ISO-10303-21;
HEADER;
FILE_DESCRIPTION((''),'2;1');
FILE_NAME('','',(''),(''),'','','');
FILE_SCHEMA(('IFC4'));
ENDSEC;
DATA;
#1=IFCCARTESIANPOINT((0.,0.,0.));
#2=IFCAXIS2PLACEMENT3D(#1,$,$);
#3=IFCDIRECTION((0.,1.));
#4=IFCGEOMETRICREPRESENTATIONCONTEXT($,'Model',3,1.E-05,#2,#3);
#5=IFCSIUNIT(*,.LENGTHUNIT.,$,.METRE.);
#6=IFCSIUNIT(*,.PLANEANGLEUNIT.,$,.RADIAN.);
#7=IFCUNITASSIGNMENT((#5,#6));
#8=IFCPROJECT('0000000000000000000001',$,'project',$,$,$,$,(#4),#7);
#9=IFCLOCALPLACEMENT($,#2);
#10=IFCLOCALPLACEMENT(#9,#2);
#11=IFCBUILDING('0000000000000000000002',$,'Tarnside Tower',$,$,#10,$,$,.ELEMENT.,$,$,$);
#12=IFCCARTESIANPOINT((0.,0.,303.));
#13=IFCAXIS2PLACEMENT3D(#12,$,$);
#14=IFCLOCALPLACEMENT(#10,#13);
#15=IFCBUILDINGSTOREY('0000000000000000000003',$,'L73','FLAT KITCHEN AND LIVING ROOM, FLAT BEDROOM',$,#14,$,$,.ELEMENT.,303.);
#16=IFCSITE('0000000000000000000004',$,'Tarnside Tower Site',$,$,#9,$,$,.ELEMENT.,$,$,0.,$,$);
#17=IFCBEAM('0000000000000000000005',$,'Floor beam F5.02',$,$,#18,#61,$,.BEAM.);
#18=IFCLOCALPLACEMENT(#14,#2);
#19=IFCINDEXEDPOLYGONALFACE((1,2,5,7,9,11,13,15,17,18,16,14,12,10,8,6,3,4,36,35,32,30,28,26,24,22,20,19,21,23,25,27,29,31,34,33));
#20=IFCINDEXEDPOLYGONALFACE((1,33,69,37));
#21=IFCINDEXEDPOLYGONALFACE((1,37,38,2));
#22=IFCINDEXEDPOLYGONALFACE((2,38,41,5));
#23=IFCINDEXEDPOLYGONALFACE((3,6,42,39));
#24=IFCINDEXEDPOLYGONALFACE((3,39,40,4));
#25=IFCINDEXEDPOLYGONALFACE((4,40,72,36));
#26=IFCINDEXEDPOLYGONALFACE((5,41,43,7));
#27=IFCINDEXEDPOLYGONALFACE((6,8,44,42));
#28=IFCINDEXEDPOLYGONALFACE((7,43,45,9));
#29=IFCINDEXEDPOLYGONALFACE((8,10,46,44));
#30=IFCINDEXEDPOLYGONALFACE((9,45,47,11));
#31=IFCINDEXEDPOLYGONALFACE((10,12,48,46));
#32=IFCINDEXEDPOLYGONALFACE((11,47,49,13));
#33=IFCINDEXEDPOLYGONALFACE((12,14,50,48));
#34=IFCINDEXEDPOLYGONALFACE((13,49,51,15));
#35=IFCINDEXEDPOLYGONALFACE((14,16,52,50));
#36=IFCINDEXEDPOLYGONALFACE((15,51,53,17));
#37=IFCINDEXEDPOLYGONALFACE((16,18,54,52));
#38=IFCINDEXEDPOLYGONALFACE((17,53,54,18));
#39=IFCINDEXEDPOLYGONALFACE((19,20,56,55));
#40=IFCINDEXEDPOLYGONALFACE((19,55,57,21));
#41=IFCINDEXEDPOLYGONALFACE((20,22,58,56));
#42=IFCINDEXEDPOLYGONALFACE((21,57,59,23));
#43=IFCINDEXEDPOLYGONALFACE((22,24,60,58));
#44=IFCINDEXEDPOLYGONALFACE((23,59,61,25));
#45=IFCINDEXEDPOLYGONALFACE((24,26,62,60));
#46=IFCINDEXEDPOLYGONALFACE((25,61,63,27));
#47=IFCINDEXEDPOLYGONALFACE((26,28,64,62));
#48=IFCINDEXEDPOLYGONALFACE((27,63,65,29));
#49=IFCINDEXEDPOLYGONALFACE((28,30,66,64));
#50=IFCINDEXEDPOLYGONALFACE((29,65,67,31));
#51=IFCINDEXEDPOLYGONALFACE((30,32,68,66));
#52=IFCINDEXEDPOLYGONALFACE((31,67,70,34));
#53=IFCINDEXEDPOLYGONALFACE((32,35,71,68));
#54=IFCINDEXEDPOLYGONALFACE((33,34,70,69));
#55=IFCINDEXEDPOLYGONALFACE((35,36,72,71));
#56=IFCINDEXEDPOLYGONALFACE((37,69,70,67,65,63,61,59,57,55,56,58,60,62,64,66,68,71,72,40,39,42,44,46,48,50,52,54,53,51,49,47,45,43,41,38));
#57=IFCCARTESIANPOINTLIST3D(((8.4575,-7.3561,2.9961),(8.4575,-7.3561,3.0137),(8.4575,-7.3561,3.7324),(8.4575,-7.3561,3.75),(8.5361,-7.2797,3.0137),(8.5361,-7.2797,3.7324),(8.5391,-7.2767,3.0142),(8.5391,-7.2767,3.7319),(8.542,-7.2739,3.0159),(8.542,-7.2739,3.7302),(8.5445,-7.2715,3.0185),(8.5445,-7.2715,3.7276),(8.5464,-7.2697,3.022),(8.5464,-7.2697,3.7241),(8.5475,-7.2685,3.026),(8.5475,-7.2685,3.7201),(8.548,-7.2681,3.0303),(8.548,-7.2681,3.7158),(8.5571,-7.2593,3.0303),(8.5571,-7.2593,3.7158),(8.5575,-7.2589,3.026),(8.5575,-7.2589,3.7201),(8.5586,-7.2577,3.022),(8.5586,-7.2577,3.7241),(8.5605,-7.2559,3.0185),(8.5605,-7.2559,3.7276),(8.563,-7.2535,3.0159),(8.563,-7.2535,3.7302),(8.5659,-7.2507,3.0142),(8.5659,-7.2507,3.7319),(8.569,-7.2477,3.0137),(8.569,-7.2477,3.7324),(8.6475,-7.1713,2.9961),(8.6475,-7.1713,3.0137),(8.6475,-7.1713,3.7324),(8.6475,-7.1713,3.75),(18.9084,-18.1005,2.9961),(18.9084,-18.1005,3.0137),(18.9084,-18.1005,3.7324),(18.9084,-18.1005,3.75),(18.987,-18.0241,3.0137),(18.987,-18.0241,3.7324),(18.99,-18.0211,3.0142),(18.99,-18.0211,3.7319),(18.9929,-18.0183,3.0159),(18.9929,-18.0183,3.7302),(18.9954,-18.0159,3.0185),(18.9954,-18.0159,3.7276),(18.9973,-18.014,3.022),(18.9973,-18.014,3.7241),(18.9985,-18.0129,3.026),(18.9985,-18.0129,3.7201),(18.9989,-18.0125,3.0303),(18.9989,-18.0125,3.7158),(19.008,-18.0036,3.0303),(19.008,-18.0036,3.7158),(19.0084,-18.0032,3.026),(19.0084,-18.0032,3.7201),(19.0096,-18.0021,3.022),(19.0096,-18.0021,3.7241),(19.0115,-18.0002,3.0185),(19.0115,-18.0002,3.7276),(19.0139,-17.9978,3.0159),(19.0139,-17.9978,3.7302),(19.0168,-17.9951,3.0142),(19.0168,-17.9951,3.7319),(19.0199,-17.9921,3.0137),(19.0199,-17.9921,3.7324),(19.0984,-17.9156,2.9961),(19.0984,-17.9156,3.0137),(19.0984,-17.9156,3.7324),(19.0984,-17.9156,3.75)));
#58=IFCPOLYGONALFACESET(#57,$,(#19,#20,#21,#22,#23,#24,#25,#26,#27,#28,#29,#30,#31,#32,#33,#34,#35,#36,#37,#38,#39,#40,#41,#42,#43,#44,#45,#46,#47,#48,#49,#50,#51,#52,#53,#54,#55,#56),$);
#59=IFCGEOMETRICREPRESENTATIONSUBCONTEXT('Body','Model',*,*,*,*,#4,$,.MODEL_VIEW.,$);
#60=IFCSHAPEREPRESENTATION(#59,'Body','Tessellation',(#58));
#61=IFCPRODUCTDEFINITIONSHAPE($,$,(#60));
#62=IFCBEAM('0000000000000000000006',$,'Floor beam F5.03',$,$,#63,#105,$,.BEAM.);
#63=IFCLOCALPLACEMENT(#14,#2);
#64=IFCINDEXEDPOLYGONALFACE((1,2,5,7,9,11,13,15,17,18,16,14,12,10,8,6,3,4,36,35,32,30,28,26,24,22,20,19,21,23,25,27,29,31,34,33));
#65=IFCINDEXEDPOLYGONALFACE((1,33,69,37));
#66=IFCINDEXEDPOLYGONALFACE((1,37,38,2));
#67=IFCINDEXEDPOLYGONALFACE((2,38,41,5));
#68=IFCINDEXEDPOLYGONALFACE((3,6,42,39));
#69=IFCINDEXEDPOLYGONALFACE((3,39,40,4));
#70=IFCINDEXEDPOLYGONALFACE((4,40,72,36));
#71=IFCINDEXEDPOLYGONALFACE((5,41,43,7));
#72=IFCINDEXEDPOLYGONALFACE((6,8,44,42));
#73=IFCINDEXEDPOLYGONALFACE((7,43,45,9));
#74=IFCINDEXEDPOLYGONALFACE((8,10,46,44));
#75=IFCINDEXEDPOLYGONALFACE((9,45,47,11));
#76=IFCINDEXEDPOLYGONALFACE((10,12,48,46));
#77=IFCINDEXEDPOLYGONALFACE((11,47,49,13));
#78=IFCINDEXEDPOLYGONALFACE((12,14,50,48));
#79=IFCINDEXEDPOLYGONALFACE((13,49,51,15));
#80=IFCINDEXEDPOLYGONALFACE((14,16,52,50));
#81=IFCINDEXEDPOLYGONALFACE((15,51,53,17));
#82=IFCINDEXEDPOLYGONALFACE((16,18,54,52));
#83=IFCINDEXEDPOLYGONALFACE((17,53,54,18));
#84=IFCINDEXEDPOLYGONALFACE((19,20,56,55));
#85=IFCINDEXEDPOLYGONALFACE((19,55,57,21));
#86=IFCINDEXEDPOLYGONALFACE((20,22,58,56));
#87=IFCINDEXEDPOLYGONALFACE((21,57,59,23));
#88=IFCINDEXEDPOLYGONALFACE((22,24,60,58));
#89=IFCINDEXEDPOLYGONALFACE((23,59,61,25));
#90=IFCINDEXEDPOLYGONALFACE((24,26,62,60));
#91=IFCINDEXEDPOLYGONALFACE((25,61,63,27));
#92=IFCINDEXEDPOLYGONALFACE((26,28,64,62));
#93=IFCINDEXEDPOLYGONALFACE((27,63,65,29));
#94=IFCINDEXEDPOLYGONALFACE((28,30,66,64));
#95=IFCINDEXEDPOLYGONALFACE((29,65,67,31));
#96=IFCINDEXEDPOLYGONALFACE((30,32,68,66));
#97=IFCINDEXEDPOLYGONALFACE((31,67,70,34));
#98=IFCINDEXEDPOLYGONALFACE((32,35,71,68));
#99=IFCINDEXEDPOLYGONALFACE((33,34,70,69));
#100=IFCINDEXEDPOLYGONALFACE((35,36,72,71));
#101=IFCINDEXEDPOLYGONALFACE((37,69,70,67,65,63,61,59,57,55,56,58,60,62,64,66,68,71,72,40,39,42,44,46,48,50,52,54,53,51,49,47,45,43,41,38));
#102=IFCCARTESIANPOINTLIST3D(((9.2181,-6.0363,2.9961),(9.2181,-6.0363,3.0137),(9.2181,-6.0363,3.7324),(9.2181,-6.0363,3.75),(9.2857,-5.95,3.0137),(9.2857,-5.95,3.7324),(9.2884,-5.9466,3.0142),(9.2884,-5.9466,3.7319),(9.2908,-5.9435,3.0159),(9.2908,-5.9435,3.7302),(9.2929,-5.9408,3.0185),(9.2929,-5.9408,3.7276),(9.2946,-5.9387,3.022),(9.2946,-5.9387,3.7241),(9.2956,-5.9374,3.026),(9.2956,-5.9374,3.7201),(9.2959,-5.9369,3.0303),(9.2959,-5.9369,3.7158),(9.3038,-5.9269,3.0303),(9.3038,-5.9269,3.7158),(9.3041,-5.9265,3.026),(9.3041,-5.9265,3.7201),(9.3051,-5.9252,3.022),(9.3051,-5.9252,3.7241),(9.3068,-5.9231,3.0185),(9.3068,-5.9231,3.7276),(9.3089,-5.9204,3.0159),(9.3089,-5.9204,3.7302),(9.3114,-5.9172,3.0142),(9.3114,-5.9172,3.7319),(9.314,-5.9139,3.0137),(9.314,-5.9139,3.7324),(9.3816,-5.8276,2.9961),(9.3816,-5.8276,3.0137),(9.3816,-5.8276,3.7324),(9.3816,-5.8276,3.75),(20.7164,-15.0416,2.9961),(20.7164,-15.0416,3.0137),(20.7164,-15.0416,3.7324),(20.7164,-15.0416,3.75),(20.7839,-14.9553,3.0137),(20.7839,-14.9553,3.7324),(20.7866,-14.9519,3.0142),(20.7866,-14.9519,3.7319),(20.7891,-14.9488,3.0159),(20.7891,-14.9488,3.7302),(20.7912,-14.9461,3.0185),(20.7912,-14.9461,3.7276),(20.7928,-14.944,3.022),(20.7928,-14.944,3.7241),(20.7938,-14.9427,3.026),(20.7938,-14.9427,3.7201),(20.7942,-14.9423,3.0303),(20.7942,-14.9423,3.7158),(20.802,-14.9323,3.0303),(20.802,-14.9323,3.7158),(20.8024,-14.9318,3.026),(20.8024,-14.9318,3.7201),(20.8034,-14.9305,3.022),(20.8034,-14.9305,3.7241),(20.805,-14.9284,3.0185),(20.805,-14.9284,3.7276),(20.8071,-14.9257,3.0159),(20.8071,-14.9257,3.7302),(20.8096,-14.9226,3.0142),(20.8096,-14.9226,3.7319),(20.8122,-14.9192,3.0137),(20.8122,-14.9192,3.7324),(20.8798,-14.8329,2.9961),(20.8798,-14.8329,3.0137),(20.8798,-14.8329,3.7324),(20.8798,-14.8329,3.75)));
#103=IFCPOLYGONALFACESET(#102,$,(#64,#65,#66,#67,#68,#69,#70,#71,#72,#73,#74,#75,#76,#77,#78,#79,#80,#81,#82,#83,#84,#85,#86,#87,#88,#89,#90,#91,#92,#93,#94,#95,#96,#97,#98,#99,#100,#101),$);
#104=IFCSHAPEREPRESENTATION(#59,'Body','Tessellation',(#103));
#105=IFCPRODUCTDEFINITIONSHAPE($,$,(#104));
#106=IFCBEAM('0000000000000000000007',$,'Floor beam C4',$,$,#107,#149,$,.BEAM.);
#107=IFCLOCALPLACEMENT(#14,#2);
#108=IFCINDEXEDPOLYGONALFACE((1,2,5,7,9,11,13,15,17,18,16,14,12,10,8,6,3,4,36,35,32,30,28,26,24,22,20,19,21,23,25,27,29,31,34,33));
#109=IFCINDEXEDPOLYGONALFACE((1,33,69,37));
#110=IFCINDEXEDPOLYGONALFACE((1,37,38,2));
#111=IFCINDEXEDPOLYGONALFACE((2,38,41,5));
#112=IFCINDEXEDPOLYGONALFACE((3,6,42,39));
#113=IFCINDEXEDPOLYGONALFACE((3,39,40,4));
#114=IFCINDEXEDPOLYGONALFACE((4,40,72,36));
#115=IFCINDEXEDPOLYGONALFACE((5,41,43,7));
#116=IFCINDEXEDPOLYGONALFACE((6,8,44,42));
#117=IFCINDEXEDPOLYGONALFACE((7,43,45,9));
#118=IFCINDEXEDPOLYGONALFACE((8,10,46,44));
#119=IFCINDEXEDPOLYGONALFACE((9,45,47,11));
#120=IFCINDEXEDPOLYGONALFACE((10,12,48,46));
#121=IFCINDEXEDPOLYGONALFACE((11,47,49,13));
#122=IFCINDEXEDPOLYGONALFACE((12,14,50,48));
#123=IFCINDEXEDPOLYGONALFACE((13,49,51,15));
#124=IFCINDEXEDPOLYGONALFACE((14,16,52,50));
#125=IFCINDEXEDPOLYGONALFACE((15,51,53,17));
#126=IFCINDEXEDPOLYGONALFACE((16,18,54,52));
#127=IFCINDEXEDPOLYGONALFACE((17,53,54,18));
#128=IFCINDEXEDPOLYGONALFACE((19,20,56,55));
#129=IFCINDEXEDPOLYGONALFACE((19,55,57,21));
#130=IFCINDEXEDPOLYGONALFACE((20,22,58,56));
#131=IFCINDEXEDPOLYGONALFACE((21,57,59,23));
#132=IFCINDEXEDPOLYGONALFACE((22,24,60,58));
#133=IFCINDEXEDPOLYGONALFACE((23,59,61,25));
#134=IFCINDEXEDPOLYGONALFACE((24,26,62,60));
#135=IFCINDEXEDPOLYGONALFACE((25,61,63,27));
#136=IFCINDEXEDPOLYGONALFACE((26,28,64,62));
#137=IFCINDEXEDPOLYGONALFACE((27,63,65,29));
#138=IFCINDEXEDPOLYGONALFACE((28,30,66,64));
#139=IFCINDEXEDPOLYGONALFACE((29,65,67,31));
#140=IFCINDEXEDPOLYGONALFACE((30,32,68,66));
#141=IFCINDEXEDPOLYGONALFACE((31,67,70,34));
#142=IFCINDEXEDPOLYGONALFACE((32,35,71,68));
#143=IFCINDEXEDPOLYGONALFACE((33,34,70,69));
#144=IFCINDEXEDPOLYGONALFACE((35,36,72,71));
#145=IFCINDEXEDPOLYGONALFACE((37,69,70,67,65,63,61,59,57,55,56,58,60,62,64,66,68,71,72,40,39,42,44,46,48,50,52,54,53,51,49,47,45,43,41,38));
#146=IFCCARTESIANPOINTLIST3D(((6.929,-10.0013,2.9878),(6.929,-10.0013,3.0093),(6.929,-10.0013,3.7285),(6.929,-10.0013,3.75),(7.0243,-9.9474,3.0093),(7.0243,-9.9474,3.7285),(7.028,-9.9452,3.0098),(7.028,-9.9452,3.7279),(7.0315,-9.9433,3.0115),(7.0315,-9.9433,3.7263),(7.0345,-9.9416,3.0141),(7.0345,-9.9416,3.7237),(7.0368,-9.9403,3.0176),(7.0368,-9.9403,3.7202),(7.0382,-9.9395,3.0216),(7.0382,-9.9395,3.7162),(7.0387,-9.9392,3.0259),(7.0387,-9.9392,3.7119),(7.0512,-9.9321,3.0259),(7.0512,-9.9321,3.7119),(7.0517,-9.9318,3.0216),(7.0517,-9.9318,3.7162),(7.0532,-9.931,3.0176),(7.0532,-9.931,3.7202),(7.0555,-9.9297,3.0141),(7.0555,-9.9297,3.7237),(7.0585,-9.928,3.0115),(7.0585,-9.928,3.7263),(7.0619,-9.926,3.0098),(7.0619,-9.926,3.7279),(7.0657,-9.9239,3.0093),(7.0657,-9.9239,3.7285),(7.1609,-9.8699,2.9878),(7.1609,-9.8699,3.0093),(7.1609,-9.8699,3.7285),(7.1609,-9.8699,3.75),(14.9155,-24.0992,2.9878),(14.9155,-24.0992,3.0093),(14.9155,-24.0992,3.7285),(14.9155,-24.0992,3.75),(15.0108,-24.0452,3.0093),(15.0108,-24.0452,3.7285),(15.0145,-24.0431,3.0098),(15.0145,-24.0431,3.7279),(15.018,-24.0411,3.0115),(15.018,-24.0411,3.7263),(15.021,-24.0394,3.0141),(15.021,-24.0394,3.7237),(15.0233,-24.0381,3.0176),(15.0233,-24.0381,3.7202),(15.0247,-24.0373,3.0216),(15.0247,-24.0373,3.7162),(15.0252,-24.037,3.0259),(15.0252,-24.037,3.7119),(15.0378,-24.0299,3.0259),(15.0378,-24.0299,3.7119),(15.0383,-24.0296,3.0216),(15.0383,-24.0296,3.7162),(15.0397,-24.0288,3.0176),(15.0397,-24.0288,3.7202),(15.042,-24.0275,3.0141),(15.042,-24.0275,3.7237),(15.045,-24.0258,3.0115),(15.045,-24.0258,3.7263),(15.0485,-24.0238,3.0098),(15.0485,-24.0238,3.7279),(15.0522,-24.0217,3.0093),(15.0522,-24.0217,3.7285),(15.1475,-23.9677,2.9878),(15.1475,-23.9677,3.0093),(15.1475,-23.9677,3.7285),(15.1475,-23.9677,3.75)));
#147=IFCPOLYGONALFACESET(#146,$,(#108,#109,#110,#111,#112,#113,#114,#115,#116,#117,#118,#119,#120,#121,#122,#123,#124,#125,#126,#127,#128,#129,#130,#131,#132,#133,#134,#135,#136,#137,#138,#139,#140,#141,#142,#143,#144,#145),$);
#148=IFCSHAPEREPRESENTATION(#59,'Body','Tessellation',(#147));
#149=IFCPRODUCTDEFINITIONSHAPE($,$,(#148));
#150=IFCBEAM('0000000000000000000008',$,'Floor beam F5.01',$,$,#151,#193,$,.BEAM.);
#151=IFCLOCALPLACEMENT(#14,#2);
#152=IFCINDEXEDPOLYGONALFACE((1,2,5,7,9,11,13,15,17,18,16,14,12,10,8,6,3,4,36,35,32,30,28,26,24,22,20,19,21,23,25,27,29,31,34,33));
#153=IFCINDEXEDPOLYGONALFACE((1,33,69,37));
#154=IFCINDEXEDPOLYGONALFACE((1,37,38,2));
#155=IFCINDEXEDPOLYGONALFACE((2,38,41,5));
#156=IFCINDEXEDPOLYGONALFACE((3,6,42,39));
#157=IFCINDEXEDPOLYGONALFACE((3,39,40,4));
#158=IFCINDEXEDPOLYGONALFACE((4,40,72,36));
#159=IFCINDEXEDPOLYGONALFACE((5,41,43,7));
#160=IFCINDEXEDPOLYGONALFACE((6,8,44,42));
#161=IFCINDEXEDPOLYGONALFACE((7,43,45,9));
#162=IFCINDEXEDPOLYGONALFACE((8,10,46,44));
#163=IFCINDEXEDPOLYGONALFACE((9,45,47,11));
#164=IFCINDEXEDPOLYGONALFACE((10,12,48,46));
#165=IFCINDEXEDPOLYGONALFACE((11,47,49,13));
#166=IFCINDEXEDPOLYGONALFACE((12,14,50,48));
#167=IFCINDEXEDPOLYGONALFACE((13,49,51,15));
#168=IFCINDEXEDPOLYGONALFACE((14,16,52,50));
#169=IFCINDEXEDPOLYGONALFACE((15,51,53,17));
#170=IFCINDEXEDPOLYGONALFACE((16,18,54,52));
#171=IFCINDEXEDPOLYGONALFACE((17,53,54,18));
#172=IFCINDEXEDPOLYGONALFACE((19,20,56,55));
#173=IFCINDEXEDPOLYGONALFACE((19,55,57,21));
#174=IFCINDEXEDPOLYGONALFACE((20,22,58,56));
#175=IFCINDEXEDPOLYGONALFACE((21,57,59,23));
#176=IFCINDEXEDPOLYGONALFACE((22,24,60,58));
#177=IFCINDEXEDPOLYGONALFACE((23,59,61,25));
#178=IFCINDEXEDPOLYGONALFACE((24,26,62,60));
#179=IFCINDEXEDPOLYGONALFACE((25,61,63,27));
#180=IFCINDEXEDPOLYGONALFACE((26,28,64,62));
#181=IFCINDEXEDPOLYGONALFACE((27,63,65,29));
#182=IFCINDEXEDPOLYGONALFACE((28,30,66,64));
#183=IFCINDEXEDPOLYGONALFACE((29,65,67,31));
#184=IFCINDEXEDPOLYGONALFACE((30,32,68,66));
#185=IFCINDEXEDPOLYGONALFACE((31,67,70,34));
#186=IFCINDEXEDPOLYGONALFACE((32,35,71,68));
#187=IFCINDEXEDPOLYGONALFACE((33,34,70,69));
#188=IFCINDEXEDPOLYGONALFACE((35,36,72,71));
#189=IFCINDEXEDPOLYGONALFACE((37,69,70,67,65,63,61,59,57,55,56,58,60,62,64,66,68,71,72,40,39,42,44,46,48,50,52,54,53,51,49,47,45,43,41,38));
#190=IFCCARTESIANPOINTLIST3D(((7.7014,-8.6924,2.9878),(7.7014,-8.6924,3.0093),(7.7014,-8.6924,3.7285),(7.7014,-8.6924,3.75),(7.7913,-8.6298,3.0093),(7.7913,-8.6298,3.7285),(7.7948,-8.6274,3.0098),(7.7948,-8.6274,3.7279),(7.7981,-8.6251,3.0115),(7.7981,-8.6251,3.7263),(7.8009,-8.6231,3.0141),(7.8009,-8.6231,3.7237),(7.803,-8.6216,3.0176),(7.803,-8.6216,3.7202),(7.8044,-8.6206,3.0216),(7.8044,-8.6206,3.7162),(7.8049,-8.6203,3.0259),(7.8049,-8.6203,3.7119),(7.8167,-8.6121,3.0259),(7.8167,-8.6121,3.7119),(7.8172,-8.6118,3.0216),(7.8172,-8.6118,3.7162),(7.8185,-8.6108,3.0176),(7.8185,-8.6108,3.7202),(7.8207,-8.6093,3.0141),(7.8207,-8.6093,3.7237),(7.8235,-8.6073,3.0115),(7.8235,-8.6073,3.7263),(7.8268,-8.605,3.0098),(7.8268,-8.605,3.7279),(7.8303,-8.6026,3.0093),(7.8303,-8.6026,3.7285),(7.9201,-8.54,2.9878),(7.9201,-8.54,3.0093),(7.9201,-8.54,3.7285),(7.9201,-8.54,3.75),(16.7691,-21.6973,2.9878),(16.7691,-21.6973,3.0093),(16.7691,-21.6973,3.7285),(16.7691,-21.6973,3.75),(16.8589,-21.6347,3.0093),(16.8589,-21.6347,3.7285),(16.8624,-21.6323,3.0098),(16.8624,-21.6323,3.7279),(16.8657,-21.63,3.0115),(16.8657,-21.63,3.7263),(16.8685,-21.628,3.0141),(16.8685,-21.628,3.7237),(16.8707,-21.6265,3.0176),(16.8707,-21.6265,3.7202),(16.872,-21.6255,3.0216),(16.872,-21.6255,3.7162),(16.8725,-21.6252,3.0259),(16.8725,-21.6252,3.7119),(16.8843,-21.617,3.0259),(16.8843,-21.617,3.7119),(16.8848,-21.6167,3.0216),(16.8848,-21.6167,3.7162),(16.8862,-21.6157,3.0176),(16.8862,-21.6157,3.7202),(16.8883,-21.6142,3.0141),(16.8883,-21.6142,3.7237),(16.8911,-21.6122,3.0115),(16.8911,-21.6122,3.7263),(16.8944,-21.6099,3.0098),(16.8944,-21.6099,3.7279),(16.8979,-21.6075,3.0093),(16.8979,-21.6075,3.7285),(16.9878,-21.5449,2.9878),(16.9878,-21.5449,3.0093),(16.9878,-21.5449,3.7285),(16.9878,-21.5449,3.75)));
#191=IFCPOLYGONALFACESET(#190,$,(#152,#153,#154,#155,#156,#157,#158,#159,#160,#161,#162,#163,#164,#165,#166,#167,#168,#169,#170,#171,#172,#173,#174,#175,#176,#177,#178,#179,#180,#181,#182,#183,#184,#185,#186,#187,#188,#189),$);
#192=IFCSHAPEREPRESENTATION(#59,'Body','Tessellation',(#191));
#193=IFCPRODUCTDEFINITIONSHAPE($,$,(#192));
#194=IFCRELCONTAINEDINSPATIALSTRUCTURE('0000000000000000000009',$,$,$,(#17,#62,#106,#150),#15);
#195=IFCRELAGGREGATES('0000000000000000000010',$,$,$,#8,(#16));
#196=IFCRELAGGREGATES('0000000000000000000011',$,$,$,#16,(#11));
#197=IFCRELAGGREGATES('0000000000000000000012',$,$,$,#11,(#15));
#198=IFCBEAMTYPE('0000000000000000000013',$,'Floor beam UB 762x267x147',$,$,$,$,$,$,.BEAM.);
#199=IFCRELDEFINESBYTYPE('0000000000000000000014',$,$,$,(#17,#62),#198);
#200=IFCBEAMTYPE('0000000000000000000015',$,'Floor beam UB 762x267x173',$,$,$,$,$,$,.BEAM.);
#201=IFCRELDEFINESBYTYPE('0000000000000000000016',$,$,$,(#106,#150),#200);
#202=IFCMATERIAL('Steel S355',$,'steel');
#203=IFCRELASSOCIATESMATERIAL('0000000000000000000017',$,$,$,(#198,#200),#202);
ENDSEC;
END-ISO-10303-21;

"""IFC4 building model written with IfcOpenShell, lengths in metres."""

from ifc_helpers import new_model, si_unit, direction, frame, origin, origin_2d, place, context, subcontext, project, spatial, i_section, extrude, material, material_profile, profile_set, type_object, element, save


model = new_model("IFC4")

# Units and contexts
model_context = context("Model", 3, precision=1e-05, world=origin(), true_north=direction((0.0, 1.0)))
body_context = subcontext(model_context, "Body", "Model", "MODEL_VIEW")
ifc_project = project(units=[si_unit("LENGTHUNIT", "METRE"), si_unit("PLANEANGLEUNIT", "RADIAN")], contexts=[model_context])

# Site, building, storey
site_placement = place(None, origin())
site = spatial("IfcSite", under=ifc_project, at=site_placement, Name="Tarnside Tower Site", CompositionType="ELEMENT", RefElevation=0.0)
building_placement = place(site_placement, origin())
building = spatial("IfcBuilding", under=site, at=building_placement, Name="Tarnside Tower", CompositionType="ELEMENT")
storey_placement = place(building_placement, frame((0.0, 0.0, 303.0)))
storey = spatial("IfcBuildingStorey", under=building, at=storey_placement, Name="L73", Description="FLAT KITCHEN AND LIVING ROOM, FLAT BEDROOM", CompositionType="ELEMENT", Elevation=303.0)

# Beams
ifc_material_1 = material(Name="Steel S355", Category="steel")
ifc_material_profile_1 = material_profile(ifc_material_1, i_section(OverallWidth=0.2651, OverallDepth=0.7539, WebThickness=0.0127, FlangeThickness=0.0176, FilletRadius=0.0166, at=origin_2d()), Name="UB 762x267x147")
ifc_profile_set_1 = profile_set([ifc_material_profile_1], Name="Steel S355")
beam_type_1 = type_object("IfcBeamType", Name="Floor beam UB 762x267x147", PredefinedType="BEAM", material=ifc_profile_set_1)
beam_1_placement = place(storey_placement, frame((19.0034, -18.0081, 3.373), z_axis=(-0.69725, 0.716828, 0.0), x_axis=(-0.716828, -0.69725, 0.0)))
element("IfcBeam", 1, at=beam_1_placement, inside=storey, type_object=beam_type_1, Name="Floor beam F5.02", PredefinedType="BEAM", context=body_context, shape_type="SweptSolid", body=[
    extrude(i_section(OverallWidth=0.2651, OverallDepth=0.7539, WebThickness=0.0127, FlangeThickness=0.0176, FilletRadius=0.0166, at=origin_2d()), origin(), (0.0, 0.0, 1.0), 14.9888),
])
beam_2_placement = place(storey_placement, frame((20.7981, -14.9373, 3.373), z_axis=(-0.787282, 0.616593, 0.0), x_axis=(-0.616593, -0.787282, 0.0)))
element("IfcBeam", 2, at=beam_2_placement, inside=storey, type_object=beam_type_1, Name="Floor beam F5.03", PredefinedType="BEAM", context=body_context, shape_type="SweptSolid", body=[
    extrude(i_section(OverallWidth=0.2651, OverallDepth=0.7539, WebThickness=0.0127, FlangeThickness=0.0176, FilletRadius=0.0166, at=origin_2d()), origin(), (0.0, 0.0, 1.0), 14.605),
])
ifc_material_profile_2 = material_profile(ifc_material_1, i_section(OverallWidth=0.2666, OverallDepth=0.7622, WebThickness=0.0144, FlangeThickness=0.0215, FilletRadius=0.0166, at=origin_2d()), Name="UB 762x267x173")
ifc_profile_set_2 = profile_set([ifc_material_profile_2], Name="Steel S355")
beam_type_2 = type_object("IfcBeamType", Name="Floor beam UB 762x267x173", PredefinedType="BEAM", material=ifc_profile_set_2)
beam_3_placement = place(storey_placement, frame((15.0315, -24.0334, 3.3689), z_axis=(-0.492908, 0.870081, 0.0), x_axis=(-0.870081, -0.492908, 0.0)))
element("IfcBeam", 3, at=beam_3_placement, inside=storey, type_object=beam_type_2, Name="Floor beam C4", PredefinedType="BEAM", context=body_context, shape_type="SweptSolid", body=[
    extrude(i_section(OverallWidth=0.2666, OverallDepth=0.7622, WebThickness=0.0144, FlangeThickness=0.0215, FilletRadius=0.0166, at=origin_2d()), origin(), (0.0, 0.0, 1.0), 16.2029),
])
beam_4_placement = place(storey_placement, frame((16.8784, -21.6211, 3.3689), z_axis=(-0.571946, 0.820291, 0.0), x_axis=(-0.820291, -0.571946, 0.0)))
element("IfcBeam", 4, at=beam_4_placement, inside=storey, type_object=beam_type_2, Name="Floor beam F5.01", PredefinedType="BEAM", context=body_context, shape_type="SweptSolid", body=[
    extrude(i_section(OverallWidth=0.2666, OverallDepth=0.7622, WebThickness=0.0144, FlangeThickness=0.0215, FilletRadius=0.0166, at=origin_2d()), origin(), (0.0, 0.0, 1.0), 15.854),
])

save(model, "model.ifc")
